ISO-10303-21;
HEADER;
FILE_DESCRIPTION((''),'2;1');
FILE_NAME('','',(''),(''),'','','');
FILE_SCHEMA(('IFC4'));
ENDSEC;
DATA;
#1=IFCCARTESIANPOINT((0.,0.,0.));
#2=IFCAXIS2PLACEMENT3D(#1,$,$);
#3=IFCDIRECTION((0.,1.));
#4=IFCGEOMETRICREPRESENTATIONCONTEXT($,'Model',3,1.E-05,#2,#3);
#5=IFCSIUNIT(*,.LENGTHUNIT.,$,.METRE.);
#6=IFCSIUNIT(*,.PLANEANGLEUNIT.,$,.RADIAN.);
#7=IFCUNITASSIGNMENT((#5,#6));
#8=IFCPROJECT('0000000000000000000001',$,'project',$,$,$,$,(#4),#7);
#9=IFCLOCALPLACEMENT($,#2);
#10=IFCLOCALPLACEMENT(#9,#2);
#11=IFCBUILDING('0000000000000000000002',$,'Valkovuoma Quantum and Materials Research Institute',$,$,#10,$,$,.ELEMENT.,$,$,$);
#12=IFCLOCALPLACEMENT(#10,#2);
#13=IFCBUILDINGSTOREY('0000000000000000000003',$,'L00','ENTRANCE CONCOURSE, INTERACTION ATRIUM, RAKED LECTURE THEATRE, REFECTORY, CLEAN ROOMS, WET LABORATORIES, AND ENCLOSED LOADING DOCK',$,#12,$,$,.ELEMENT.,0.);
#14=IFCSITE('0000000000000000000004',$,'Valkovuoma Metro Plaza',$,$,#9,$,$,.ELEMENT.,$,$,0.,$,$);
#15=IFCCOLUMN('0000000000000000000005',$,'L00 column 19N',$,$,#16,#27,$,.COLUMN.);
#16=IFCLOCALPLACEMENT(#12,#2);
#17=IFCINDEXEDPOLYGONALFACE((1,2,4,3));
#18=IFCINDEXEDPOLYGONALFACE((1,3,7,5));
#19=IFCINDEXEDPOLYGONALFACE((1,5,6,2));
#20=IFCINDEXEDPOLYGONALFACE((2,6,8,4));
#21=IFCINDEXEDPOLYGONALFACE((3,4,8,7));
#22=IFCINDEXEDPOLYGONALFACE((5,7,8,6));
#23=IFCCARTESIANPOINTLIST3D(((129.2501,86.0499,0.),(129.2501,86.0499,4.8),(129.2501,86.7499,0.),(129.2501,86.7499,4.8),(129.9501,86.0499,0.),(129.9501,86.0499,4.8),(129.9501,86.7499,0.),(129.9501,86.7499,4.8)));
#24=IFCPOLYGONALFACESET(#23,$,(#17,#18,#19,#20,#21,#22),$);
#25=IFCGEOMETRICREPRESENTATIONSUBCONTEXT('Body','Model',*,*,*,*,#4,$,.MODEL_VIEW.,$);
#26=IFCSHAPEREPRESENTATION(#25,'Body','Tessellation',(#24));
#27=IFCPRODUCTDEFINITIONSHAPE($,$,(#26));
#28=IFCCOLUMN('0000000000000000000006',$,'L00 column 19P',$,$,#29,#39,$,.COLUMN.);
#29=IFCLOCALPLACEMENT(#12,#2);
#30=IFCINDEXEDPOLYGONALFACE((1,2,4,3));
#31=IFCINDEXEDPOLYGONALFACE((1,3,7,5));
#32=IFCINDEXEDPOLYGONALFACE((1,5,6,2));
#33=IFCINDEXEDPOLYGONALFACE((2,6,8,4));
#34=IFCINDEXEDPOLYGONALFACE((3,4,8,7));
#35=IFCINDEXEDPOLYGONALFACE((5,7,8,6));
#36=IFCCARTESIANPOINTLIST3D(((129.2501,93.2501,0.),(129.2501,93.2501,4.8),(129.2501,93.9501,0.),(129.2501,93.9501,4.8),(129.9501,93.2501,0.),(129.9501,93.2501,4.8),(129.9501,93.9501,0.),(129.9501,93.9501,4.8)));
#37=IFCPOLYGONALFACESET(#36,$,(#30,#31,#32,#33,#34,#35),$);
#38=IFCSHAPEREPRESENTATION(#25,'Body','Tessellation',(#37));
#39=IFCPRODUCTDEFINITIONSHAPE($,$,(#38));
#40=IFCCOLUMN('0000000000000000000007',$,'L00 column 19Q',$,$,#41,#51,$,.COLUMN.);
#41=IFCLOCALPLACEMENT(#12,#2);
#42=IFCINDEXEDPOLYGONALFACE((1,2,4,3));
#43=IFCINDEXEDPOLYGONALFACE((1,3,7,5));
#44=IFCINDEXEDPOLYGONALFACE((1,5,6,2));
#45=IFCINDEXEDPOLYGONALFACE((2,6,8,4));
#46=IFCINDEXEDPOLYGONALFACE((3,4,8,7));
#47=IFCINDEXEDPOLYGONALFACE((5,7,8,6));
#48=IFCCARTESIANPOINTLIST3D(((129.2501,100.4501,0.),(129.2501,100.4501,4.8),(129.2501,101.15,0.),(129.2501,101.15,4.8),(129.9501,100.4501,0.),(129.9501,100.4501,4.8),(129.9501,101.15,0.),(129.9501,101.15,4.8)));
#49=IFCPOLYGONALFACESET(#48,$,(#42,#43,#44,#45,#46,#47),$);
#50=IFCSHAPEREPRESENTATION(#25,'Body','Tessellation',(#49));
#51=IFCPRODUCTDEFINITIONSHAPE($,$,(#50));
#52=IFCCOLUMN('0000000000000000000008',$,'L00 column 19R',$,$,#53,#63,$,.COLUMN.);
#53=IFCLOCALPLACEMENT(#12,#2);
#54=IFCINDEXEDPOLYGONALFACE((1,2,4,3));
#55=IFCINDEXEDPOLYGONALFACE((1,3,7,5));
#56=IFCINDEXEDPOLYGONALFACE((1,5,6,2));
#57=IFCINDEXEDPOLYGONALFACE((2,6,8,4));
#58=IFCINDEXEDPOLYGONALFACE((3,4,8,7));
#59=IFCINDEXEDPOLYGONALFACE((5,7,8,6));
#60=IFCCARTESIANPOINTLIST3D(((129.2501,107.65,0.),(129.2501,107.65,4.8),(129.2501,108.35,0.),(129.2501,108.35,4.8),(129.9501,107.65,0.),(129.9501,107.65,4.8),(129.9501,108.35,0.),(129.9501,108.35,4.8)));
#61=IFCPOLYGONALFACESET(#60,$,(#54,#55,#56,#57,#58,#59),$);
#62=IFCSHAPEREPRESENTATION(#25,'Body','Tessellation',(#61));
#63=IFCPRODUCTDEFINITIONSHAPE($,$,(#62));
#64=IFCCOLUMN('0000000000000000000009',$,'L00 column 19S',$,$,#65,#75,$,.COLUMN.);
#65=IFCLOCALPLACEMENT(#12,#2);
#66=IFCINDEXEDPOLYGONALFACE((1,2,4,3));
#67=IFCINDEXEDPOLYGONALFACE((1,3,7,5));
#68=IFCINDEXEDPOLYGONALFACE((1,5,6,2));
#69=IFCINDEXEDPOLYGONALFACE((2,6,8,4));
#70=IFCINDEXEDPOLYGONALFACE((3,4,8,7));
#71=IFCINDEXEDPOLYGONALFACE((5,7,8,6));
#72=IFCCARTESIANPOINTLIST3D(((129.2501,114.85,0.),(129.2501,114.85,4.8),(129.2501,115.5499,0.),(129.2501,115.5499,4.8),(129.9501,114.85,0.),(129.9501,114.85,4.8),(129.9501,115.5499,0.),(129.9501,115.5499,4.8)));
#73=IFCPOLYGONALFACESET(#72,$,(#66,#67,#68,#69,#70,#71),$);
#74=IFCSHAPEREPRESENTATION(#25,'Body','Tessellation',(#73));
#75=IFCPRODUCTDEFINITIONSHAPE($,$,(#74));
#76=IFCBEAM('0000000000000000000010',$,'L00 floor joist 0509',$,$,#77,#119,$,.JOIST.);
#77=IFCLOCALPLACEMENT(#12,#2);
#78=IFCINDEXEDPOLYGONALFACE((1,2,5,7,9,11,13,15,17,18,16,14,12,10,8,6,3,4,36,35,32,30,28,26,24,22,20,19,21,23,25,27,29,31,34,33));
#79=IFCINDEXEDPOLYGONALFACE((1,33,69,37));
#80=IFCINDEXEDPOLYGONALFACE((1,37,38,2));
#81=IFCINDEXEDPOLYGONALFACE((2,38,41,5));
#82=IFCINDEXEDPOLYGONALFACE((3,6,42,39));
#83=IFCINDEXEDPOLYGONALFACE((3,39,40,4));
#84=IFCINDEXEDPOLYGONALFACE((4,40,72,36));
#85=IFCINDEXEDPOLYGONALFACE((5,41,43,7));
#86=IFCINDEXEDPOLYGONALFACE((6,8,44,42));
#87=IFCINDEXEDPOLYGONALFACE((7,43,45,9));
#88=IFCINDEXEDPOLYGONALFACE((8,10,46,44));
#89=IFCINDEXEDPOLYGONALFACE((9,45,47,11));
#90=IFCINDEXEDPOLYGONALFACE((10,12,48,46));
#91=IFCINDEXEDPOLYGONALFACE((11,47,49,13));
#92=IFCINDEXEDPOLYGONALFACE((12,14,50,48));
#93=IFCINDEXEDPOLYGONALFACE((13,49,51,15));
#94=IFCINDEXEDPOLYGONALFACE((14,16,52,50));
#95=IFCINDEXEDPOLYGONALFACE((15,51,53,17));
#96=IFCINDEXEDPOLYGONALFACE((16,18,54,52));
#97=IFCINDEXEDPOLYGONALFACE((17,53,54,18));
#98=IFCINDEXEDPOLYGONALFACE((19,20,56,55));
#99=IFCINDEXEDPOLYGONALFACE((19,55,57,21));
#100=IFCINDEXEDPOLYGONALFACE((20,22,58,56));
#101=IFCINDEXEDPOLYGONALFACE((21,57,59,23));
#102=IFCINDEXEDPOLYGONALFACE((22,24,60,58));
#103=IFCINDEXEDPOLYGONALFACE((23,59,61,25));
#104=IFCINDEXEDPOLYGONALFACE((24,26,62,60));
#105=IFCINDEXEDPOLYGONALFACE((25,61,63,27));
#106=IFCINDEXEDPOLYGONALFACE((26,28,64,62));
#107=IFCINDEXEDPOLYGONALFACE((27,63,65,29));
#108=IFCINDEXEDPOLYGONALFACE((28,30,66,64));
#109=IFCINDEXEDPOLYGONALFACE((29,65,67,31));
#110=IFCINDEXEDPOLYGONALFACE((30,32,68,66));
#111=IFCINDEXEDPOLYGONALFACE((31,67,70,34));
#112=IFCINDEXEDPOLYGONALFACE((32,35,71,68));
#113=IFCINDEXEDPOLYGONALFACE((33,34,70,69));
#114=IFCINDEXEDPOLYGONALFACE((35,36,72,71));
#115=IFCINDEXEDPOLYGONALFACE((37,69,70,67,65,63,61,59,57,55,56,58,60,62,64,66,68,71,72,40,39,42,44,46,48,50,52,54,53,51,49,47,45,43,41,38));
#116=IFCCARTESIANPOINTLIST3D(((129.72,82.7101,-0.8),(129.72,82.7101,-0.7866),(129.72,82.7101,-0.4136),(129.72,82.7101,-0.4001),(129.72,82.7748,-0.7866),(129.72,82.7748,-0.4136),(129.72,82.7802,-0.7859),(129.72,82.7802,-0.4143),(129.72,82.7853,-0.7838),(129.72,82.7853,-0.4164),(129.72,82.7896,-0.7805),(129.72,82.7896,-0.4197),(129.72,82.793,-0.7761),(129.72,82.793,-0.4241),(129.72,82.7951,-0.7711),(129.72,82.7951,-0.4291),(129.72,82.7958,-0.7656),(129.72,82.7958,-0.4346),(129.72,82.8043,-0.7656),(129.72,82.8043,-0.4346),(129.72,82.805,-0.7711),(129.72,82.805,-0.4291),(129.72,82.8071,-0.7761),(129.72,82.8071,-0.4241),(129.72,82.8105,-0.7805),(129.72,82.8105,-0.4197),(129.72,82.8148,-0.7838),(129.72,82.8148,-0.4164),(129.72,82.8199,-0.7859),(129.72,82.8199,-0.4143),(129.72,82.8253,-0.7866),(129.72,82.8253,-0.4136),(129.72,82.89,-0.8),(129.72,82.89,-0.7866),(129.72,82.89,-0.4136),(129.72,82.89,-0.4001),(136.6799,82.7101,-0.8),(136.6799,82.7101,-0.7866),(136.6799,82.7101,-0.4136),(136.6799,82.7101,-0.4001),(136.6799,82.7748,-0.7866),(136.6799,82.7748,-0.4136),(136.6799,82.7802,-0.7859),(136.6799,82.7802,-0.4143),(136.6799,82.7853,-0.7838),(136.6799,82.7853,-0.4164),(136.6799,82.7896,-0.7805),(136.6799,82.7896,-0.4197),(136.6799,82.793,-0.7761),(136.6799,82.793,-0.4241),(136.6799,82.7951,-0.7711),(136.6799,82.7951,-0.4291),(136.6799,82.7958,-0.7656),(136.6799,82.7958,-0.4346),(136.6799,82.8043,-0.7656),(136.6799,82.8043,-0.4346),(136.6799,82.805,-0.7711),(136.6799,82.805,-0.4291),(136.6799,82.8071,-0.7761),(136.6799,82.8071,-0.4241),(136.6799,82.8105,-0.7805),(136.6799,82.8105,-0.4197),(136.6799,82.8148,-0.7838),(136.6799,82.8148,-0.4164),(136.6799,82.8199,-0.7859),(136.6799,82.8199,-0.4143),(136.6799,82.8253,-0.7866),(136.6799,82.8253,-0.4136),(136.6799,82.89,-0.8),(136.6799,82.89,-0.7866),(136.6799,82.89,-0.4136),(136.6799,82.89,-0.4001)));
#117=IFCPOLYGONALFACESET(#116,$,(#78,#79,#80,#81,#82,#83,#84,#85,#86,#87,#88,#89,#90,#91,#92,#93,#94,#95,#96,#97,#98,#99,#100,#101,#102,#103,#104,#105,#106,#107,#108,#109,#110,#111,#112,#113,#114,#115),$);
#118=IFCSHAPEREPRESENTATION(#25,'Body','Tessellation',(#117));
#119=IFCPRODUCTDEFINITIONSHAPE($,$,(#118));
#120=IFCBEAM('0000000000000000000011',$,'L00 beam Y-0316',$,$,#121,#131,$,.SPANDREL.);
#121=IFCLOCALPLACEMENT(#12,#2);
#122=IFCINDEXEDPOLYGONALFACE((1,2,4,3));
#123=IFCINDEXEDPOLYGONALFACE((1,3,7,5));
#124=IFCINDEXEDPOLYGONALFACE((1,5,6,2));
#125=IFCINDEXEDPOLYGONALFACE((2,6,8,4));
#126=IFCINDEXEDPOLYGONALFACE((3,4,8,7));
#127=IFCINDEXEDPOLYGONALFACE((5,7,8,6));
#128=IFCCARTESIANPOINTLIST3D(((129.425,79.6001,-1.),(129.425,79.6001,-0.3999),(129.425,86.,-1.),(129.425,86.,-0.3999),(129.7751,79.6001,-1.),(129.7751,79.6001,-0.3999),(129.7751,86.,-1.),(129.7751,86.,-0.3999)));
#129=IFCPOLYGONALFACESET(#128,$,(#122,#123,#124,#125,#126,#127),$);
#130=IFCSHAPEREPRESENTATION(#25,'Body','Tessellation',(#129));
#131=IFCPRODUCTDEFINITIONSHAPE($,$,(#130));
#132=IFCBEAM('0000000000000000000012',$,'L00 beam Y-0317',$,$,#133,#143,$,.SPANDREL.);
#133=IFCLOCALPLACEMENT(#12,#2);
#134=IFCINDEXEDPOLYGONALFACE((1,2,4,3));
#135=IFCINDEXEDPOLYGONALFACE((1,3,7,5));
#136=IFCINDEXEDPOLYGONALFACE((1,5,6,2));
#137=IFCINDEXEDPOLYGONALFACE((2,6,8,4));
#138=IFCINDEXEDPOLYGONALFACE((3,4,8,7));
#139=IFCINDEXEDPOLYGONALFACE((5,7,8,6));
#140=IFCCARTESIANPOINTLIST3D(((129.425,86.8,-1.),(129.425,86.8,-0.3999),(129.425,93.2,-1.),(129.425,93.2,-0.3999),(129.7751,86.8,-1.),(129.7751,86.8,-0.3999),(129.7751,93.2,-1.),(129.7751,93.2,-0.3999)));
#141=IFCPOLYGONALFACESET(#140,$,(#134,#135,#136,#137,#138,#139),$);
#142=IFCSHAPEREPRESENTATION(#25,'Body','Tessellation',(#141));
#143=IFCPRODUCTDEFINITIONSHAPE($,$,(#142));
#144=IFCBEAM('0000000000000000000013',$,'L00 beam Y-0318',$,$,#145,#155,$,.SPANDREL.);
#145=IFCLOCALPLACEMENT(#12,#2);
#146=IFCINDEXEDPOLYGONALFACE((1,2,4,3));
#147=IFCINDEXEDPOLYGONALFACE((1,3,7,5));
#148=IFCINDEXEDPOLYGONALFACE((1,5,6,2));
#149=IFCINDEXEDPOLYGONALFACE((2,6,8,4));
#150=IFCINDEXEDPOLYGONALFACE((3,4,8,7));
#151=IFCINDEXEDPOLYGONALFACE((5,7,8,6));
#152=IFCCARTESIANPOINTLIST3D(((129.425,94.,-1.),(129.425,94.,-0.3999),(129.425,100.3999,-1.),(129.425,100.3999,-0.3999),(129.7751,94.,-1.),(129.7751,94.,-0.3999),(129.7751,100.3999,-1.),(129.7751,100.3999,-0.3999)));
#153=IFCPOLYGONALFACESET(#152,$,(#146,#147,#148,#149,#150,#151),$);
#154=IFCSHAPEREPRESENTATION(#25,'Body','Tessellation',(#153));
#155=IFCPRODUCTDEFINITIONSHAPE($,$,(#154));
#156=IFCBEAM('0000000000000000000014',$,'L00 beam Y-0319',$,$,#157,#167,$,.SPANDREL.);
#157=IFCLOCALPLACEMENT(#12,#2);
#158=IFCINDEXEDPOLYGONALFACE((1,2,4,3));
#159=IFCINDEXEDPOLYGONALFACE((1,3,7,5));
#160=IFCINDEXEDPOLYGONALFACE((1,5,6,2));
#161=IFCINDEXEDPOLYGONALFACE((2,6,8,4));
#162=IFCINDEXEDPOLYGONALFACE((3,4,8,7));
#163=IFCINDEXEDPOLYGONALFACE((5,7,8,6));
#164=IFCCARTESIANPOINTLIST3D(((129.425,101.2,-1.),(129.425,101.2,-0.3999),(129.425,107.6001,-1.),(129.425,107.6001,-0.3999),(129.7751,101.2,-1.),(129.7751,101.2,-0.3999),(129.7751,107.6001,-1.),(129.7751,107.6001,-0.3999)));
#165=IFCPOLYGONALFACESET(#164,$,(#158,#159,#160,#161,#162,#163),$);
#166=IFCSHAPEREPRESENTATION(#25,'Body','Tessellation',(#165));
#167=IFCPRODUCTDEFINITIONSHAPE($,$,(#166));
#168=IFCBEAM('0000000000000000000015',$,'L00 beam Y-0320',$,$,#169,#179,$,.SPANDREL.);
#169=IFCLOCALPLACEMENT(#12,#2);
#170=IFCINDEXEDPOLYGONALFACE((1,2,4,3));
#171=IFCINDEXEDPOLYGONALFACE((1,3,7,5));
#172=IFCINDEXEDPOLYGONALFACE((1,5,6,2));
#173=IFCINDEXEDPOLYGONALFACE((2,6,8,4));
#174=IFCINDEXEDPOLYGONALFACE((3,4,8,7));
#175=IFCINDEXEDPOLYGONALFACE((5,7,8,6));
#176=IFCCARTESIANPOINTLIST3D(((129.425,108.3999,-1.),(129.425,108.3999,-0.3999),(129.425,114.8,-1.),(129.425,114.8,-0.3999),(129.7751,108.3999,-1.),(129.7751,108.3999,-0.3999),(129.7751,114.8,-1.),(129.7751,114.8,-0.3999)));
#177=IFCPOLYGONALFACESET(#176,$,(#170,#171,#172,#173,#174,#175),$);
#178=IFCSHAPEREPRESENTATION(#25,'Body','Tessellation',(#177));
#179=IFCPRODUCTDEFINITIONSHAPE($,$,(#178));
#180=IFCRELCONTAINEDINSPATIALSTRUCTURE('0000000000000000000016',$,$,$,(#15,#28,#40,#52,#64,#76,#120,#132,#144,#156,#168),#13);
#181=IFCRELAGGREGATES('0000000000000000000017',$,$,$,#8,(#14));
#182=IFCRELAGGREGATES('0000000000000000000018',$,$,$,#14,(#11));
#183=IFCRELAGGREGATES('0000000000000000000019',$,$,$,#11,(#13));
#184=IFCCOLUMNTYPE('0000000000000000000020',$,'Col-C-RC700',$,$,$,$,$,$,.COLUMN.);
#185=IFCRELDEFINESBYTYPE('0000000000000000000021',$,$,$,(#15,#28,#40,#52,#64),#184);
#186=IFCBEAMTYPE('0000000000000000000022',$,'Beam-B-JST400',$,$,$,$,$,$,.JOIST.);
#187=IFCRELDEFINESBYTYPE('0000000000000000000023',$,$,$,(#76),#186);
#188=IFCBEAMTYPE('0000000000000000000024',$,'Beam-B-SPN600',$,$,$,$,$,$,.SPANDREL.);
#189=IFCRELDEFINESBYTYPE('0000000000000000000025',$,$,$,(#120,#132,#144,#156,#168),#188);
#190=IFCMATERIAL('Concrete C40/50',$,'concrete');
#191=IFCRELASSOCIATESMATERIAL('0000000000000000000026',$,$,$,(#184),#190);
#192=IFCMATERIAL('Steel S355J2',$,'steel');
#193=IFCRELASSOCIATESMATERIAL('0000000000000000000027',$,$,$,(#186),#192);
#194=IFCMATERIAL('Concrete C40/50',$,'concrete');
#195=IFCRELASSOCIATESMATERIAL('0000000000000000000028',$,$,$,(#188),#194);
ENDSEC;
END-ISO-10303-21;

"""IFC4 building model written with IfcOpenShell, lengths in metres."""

from ifc_helpers import new_model, si_unit, direction, frame, origin, origin_2d, place, context, subcontext, project, spatial, rectangle, i_section, extrude, material, material_profile, profile_set, type_object, element, save


model = new_model("IFC4")

# Units and contexts
model_context = context("Model", 3, precision=1e-05, world=origin(), true_north=direction((0.0, 1.0)))
body_context = subcontext(model_context, "Body", "Model", "MODEL_VIEW")
ifc_project = project(units=[si_unit("LENGTHUNIT", "METRE"), si_unit("PLANEANGLEUNIT", "RADIAN")], contexts=[model_context])

# Site, building, storey
site_placement = place(None, origin())
site = spatial("IfcSite", under=ifc_project, at=site_placement, Name="Valkovuoma Metro Plaza", CompositionType="ELEMENT", RefElevation=0.0)
building_placement = place(site_placement, origin())
building = spatial("IfcBuilding", under=site, at=building_placement, Name="Valkovuoma Quantum and Materials Research Institute", CompositionType="ELEMENT")
storey_placement = place(building_placement, origin())
storey = spatial("IfcBuildingStorey", under=building, at=storey_placement, Name="L00", Description="ENTRANCE CONCOURSE, INTERACTION ATRIUM, RAKED LECTURE THEATRE, REFECTORY, CLEAN ROOMS, WET LABORATORIES, AND ENCLOSED LOADING DOCK", CompositionType="ELEMENT", Elevation=0.0)

# Columns
ifc_material_1 = material(Name="Concrete C40/50", Category="concrete")
ifc_material_profile_1 = material_profile(ifc_material_1, rectangle(XDim=0.7, YDim=0.7, at=origin_2d()), Name="Concrete C40/50")
ifc_profile_set_1 = profile_set([ifc_material_profile_1], Name="Concrete C40/50")
column_type = type_object("IfcColumnType", Name="Col-C-RC700", PredefinedType="COLUMN", material=ifc_profile_set_1)
for number, where, z_axis, x_axis, name in (
    (1, (129.6001, 86.3999, 0.0), (0.0, 0.0, 1.0), (1.0, 0.0, 0.0), "L00 column 19N"),
    (2, (129.6001, 93.6001, 0.0), (0.0, 0.0, 1.0), (1.0, 0.0, 0.0), "L00 column 19P"),
    (3, (129.6001, 100.8, 0.0), (0.0, 0.0, 1.0), (1.0, 0.0, 0.0), "L00 column 19Q"),
    (4, (129.6001, 108.0, 0.0), (0.0, 0.0, 1.0), (1.0, 0.0, 0.0), "L00 column 19R"),
    (5, (129.6001, 115.2, 0.0), (0.0, 0.0, 1.0), (1.0, 0.0, 0.0), "L00 column 19S"),
):
    element("IfcColumn", number, at=place(storey_placement, frame(where, z_axis=z_axis, x_axis=x_axis)), inside=storey, type_object=column_type, Name=name, PredefinedType="COLUMN", context=body_context, shape_type="SweptSolid", body=[
        extrude(rectangle(XDim=0.7, YDim=0.7, at=origin_2d()), origin(), (0.0, 0.0, 1.0), 4.8),
    ])

# Beams
ifc_material_2 = material(Name="Steel S355J2", Category="steel")
ifc_material_profile_2 = material_profile(ifc_material_2, i_section(OverallWidth=0.1799, OverallDepth=0.3999, WebThickness=0.0085, FlangeThickness=0.0134, FilletRadius=0.021, at=origin_2d()), Name="Steel S355J2")
ifc_profile_set_2 = profile_set([ifc_material_profile_2], Name="Steel S355J2")
beam_type_1 = type_object("IfcBeamType", Name="Beam-B-JST400", PredefinedType="JOIST", material=ifc_profile_set_2)
beam_placement = place(storey_placement, frame((129.72, 82.8, -0.6001), z_axis=(1.0, 0.0, 0.0), x_axis=(0.0, 1.0, 0.0)))
element("IfcBeam", 6, at=beam_placement, inside=storey, type_object=beam_type_1, Name="L00 floor joist 0509", PredefinedType="JOIST", context=body_context, shape_type="SweptSolid", body=[
    extrude(i_section(OverallWidth=0.1799, OverallDepth=0.3999, WebThickness=0.0085, FlangeThickness=0.0134, FilletRadius=0.021, at=origin_2d()), origin(), (0.0, 0.0, 1.0), 6.96),
])
ifc_material_3 = material(Name="Concrete C40/50", Category="concrete")
ifc_material_profile_3 = material_profile(ifc_material_3, rectangle(XDim=0.3501, YDim=0.6001, at=origin_2d()), Name="Concrete C40/50")
ifc_profile_set_3 = profile_set([ifc_material_profile_3], Name="Concrete C40/50")
beam_type_2 = type_object("IfcBeamType", Name="Beam-B-SPN600", PredefinedType="SPANDREL", material=ifc_profile_set_3)
for number, where, z_axis, x_axis, name in (
    (7, (129.6001, 79.6001, -0.7), (0.0, 1.0, 0.0), (-1.0, 0.0, 0.0), "L00 beam Y-0316"),
    (8, (129.6001, 86.8, -0.7), (0.0, 1.0, 0.0), (-1.0, 0.0, 0.0), "L00 beam Y-0317"),
    (9, (129.6001, 94.0, -0.7), (0.0, 1.0, 0.0), (-1.0, 0.0, 0.0), "L00 beam Y-0318"),
):
    element("IfcBeam", number, at=place(storey_placement, frame(where, z_axis=z_axis, x_axis=x_axis)), inside=storey, type_object=beam_type_2, Name=name, PredefinedType="SPANDREL", context=body_context, shape_type="SweptSolid", body=[
        extrude(rectangle(XDim=0.3501, YDim=0.6001, at=origin_2d()), origin(), (0.0, 0.0, 1.0), 6.3999),
    ])
for number, where, z_axis, x_axis, name in (
    (10, (129.6001, 101.2, -0.7), (0.0, 1.0, 0.0), (-1.0, 0.0, 0.0), "L00 beam Y-0319"),
    (11, (129.6001, 108.3999, -0.7), (0.0, 1.0, 0.0), (-1.0, 0.0, 0.0), "L00 beam Y-0320"),
):
    element("IfcBeam", number, at=place(storey_placement, frame(where, z_axis=z_axis, x_axis=x_axis)), inside=storey, type_object=beam_type_2, Name=name, PredefinedType="SPANDREL", context=body_context, shape_type="SweptSolid", body=[
        extrude(rectangle(XDim=0.3501, YDim=0.6001, at=origin_2d()), origin(), (0.0, 0.0, 1.0), 6.4001),
    ])

save(model, "model.ifc")
